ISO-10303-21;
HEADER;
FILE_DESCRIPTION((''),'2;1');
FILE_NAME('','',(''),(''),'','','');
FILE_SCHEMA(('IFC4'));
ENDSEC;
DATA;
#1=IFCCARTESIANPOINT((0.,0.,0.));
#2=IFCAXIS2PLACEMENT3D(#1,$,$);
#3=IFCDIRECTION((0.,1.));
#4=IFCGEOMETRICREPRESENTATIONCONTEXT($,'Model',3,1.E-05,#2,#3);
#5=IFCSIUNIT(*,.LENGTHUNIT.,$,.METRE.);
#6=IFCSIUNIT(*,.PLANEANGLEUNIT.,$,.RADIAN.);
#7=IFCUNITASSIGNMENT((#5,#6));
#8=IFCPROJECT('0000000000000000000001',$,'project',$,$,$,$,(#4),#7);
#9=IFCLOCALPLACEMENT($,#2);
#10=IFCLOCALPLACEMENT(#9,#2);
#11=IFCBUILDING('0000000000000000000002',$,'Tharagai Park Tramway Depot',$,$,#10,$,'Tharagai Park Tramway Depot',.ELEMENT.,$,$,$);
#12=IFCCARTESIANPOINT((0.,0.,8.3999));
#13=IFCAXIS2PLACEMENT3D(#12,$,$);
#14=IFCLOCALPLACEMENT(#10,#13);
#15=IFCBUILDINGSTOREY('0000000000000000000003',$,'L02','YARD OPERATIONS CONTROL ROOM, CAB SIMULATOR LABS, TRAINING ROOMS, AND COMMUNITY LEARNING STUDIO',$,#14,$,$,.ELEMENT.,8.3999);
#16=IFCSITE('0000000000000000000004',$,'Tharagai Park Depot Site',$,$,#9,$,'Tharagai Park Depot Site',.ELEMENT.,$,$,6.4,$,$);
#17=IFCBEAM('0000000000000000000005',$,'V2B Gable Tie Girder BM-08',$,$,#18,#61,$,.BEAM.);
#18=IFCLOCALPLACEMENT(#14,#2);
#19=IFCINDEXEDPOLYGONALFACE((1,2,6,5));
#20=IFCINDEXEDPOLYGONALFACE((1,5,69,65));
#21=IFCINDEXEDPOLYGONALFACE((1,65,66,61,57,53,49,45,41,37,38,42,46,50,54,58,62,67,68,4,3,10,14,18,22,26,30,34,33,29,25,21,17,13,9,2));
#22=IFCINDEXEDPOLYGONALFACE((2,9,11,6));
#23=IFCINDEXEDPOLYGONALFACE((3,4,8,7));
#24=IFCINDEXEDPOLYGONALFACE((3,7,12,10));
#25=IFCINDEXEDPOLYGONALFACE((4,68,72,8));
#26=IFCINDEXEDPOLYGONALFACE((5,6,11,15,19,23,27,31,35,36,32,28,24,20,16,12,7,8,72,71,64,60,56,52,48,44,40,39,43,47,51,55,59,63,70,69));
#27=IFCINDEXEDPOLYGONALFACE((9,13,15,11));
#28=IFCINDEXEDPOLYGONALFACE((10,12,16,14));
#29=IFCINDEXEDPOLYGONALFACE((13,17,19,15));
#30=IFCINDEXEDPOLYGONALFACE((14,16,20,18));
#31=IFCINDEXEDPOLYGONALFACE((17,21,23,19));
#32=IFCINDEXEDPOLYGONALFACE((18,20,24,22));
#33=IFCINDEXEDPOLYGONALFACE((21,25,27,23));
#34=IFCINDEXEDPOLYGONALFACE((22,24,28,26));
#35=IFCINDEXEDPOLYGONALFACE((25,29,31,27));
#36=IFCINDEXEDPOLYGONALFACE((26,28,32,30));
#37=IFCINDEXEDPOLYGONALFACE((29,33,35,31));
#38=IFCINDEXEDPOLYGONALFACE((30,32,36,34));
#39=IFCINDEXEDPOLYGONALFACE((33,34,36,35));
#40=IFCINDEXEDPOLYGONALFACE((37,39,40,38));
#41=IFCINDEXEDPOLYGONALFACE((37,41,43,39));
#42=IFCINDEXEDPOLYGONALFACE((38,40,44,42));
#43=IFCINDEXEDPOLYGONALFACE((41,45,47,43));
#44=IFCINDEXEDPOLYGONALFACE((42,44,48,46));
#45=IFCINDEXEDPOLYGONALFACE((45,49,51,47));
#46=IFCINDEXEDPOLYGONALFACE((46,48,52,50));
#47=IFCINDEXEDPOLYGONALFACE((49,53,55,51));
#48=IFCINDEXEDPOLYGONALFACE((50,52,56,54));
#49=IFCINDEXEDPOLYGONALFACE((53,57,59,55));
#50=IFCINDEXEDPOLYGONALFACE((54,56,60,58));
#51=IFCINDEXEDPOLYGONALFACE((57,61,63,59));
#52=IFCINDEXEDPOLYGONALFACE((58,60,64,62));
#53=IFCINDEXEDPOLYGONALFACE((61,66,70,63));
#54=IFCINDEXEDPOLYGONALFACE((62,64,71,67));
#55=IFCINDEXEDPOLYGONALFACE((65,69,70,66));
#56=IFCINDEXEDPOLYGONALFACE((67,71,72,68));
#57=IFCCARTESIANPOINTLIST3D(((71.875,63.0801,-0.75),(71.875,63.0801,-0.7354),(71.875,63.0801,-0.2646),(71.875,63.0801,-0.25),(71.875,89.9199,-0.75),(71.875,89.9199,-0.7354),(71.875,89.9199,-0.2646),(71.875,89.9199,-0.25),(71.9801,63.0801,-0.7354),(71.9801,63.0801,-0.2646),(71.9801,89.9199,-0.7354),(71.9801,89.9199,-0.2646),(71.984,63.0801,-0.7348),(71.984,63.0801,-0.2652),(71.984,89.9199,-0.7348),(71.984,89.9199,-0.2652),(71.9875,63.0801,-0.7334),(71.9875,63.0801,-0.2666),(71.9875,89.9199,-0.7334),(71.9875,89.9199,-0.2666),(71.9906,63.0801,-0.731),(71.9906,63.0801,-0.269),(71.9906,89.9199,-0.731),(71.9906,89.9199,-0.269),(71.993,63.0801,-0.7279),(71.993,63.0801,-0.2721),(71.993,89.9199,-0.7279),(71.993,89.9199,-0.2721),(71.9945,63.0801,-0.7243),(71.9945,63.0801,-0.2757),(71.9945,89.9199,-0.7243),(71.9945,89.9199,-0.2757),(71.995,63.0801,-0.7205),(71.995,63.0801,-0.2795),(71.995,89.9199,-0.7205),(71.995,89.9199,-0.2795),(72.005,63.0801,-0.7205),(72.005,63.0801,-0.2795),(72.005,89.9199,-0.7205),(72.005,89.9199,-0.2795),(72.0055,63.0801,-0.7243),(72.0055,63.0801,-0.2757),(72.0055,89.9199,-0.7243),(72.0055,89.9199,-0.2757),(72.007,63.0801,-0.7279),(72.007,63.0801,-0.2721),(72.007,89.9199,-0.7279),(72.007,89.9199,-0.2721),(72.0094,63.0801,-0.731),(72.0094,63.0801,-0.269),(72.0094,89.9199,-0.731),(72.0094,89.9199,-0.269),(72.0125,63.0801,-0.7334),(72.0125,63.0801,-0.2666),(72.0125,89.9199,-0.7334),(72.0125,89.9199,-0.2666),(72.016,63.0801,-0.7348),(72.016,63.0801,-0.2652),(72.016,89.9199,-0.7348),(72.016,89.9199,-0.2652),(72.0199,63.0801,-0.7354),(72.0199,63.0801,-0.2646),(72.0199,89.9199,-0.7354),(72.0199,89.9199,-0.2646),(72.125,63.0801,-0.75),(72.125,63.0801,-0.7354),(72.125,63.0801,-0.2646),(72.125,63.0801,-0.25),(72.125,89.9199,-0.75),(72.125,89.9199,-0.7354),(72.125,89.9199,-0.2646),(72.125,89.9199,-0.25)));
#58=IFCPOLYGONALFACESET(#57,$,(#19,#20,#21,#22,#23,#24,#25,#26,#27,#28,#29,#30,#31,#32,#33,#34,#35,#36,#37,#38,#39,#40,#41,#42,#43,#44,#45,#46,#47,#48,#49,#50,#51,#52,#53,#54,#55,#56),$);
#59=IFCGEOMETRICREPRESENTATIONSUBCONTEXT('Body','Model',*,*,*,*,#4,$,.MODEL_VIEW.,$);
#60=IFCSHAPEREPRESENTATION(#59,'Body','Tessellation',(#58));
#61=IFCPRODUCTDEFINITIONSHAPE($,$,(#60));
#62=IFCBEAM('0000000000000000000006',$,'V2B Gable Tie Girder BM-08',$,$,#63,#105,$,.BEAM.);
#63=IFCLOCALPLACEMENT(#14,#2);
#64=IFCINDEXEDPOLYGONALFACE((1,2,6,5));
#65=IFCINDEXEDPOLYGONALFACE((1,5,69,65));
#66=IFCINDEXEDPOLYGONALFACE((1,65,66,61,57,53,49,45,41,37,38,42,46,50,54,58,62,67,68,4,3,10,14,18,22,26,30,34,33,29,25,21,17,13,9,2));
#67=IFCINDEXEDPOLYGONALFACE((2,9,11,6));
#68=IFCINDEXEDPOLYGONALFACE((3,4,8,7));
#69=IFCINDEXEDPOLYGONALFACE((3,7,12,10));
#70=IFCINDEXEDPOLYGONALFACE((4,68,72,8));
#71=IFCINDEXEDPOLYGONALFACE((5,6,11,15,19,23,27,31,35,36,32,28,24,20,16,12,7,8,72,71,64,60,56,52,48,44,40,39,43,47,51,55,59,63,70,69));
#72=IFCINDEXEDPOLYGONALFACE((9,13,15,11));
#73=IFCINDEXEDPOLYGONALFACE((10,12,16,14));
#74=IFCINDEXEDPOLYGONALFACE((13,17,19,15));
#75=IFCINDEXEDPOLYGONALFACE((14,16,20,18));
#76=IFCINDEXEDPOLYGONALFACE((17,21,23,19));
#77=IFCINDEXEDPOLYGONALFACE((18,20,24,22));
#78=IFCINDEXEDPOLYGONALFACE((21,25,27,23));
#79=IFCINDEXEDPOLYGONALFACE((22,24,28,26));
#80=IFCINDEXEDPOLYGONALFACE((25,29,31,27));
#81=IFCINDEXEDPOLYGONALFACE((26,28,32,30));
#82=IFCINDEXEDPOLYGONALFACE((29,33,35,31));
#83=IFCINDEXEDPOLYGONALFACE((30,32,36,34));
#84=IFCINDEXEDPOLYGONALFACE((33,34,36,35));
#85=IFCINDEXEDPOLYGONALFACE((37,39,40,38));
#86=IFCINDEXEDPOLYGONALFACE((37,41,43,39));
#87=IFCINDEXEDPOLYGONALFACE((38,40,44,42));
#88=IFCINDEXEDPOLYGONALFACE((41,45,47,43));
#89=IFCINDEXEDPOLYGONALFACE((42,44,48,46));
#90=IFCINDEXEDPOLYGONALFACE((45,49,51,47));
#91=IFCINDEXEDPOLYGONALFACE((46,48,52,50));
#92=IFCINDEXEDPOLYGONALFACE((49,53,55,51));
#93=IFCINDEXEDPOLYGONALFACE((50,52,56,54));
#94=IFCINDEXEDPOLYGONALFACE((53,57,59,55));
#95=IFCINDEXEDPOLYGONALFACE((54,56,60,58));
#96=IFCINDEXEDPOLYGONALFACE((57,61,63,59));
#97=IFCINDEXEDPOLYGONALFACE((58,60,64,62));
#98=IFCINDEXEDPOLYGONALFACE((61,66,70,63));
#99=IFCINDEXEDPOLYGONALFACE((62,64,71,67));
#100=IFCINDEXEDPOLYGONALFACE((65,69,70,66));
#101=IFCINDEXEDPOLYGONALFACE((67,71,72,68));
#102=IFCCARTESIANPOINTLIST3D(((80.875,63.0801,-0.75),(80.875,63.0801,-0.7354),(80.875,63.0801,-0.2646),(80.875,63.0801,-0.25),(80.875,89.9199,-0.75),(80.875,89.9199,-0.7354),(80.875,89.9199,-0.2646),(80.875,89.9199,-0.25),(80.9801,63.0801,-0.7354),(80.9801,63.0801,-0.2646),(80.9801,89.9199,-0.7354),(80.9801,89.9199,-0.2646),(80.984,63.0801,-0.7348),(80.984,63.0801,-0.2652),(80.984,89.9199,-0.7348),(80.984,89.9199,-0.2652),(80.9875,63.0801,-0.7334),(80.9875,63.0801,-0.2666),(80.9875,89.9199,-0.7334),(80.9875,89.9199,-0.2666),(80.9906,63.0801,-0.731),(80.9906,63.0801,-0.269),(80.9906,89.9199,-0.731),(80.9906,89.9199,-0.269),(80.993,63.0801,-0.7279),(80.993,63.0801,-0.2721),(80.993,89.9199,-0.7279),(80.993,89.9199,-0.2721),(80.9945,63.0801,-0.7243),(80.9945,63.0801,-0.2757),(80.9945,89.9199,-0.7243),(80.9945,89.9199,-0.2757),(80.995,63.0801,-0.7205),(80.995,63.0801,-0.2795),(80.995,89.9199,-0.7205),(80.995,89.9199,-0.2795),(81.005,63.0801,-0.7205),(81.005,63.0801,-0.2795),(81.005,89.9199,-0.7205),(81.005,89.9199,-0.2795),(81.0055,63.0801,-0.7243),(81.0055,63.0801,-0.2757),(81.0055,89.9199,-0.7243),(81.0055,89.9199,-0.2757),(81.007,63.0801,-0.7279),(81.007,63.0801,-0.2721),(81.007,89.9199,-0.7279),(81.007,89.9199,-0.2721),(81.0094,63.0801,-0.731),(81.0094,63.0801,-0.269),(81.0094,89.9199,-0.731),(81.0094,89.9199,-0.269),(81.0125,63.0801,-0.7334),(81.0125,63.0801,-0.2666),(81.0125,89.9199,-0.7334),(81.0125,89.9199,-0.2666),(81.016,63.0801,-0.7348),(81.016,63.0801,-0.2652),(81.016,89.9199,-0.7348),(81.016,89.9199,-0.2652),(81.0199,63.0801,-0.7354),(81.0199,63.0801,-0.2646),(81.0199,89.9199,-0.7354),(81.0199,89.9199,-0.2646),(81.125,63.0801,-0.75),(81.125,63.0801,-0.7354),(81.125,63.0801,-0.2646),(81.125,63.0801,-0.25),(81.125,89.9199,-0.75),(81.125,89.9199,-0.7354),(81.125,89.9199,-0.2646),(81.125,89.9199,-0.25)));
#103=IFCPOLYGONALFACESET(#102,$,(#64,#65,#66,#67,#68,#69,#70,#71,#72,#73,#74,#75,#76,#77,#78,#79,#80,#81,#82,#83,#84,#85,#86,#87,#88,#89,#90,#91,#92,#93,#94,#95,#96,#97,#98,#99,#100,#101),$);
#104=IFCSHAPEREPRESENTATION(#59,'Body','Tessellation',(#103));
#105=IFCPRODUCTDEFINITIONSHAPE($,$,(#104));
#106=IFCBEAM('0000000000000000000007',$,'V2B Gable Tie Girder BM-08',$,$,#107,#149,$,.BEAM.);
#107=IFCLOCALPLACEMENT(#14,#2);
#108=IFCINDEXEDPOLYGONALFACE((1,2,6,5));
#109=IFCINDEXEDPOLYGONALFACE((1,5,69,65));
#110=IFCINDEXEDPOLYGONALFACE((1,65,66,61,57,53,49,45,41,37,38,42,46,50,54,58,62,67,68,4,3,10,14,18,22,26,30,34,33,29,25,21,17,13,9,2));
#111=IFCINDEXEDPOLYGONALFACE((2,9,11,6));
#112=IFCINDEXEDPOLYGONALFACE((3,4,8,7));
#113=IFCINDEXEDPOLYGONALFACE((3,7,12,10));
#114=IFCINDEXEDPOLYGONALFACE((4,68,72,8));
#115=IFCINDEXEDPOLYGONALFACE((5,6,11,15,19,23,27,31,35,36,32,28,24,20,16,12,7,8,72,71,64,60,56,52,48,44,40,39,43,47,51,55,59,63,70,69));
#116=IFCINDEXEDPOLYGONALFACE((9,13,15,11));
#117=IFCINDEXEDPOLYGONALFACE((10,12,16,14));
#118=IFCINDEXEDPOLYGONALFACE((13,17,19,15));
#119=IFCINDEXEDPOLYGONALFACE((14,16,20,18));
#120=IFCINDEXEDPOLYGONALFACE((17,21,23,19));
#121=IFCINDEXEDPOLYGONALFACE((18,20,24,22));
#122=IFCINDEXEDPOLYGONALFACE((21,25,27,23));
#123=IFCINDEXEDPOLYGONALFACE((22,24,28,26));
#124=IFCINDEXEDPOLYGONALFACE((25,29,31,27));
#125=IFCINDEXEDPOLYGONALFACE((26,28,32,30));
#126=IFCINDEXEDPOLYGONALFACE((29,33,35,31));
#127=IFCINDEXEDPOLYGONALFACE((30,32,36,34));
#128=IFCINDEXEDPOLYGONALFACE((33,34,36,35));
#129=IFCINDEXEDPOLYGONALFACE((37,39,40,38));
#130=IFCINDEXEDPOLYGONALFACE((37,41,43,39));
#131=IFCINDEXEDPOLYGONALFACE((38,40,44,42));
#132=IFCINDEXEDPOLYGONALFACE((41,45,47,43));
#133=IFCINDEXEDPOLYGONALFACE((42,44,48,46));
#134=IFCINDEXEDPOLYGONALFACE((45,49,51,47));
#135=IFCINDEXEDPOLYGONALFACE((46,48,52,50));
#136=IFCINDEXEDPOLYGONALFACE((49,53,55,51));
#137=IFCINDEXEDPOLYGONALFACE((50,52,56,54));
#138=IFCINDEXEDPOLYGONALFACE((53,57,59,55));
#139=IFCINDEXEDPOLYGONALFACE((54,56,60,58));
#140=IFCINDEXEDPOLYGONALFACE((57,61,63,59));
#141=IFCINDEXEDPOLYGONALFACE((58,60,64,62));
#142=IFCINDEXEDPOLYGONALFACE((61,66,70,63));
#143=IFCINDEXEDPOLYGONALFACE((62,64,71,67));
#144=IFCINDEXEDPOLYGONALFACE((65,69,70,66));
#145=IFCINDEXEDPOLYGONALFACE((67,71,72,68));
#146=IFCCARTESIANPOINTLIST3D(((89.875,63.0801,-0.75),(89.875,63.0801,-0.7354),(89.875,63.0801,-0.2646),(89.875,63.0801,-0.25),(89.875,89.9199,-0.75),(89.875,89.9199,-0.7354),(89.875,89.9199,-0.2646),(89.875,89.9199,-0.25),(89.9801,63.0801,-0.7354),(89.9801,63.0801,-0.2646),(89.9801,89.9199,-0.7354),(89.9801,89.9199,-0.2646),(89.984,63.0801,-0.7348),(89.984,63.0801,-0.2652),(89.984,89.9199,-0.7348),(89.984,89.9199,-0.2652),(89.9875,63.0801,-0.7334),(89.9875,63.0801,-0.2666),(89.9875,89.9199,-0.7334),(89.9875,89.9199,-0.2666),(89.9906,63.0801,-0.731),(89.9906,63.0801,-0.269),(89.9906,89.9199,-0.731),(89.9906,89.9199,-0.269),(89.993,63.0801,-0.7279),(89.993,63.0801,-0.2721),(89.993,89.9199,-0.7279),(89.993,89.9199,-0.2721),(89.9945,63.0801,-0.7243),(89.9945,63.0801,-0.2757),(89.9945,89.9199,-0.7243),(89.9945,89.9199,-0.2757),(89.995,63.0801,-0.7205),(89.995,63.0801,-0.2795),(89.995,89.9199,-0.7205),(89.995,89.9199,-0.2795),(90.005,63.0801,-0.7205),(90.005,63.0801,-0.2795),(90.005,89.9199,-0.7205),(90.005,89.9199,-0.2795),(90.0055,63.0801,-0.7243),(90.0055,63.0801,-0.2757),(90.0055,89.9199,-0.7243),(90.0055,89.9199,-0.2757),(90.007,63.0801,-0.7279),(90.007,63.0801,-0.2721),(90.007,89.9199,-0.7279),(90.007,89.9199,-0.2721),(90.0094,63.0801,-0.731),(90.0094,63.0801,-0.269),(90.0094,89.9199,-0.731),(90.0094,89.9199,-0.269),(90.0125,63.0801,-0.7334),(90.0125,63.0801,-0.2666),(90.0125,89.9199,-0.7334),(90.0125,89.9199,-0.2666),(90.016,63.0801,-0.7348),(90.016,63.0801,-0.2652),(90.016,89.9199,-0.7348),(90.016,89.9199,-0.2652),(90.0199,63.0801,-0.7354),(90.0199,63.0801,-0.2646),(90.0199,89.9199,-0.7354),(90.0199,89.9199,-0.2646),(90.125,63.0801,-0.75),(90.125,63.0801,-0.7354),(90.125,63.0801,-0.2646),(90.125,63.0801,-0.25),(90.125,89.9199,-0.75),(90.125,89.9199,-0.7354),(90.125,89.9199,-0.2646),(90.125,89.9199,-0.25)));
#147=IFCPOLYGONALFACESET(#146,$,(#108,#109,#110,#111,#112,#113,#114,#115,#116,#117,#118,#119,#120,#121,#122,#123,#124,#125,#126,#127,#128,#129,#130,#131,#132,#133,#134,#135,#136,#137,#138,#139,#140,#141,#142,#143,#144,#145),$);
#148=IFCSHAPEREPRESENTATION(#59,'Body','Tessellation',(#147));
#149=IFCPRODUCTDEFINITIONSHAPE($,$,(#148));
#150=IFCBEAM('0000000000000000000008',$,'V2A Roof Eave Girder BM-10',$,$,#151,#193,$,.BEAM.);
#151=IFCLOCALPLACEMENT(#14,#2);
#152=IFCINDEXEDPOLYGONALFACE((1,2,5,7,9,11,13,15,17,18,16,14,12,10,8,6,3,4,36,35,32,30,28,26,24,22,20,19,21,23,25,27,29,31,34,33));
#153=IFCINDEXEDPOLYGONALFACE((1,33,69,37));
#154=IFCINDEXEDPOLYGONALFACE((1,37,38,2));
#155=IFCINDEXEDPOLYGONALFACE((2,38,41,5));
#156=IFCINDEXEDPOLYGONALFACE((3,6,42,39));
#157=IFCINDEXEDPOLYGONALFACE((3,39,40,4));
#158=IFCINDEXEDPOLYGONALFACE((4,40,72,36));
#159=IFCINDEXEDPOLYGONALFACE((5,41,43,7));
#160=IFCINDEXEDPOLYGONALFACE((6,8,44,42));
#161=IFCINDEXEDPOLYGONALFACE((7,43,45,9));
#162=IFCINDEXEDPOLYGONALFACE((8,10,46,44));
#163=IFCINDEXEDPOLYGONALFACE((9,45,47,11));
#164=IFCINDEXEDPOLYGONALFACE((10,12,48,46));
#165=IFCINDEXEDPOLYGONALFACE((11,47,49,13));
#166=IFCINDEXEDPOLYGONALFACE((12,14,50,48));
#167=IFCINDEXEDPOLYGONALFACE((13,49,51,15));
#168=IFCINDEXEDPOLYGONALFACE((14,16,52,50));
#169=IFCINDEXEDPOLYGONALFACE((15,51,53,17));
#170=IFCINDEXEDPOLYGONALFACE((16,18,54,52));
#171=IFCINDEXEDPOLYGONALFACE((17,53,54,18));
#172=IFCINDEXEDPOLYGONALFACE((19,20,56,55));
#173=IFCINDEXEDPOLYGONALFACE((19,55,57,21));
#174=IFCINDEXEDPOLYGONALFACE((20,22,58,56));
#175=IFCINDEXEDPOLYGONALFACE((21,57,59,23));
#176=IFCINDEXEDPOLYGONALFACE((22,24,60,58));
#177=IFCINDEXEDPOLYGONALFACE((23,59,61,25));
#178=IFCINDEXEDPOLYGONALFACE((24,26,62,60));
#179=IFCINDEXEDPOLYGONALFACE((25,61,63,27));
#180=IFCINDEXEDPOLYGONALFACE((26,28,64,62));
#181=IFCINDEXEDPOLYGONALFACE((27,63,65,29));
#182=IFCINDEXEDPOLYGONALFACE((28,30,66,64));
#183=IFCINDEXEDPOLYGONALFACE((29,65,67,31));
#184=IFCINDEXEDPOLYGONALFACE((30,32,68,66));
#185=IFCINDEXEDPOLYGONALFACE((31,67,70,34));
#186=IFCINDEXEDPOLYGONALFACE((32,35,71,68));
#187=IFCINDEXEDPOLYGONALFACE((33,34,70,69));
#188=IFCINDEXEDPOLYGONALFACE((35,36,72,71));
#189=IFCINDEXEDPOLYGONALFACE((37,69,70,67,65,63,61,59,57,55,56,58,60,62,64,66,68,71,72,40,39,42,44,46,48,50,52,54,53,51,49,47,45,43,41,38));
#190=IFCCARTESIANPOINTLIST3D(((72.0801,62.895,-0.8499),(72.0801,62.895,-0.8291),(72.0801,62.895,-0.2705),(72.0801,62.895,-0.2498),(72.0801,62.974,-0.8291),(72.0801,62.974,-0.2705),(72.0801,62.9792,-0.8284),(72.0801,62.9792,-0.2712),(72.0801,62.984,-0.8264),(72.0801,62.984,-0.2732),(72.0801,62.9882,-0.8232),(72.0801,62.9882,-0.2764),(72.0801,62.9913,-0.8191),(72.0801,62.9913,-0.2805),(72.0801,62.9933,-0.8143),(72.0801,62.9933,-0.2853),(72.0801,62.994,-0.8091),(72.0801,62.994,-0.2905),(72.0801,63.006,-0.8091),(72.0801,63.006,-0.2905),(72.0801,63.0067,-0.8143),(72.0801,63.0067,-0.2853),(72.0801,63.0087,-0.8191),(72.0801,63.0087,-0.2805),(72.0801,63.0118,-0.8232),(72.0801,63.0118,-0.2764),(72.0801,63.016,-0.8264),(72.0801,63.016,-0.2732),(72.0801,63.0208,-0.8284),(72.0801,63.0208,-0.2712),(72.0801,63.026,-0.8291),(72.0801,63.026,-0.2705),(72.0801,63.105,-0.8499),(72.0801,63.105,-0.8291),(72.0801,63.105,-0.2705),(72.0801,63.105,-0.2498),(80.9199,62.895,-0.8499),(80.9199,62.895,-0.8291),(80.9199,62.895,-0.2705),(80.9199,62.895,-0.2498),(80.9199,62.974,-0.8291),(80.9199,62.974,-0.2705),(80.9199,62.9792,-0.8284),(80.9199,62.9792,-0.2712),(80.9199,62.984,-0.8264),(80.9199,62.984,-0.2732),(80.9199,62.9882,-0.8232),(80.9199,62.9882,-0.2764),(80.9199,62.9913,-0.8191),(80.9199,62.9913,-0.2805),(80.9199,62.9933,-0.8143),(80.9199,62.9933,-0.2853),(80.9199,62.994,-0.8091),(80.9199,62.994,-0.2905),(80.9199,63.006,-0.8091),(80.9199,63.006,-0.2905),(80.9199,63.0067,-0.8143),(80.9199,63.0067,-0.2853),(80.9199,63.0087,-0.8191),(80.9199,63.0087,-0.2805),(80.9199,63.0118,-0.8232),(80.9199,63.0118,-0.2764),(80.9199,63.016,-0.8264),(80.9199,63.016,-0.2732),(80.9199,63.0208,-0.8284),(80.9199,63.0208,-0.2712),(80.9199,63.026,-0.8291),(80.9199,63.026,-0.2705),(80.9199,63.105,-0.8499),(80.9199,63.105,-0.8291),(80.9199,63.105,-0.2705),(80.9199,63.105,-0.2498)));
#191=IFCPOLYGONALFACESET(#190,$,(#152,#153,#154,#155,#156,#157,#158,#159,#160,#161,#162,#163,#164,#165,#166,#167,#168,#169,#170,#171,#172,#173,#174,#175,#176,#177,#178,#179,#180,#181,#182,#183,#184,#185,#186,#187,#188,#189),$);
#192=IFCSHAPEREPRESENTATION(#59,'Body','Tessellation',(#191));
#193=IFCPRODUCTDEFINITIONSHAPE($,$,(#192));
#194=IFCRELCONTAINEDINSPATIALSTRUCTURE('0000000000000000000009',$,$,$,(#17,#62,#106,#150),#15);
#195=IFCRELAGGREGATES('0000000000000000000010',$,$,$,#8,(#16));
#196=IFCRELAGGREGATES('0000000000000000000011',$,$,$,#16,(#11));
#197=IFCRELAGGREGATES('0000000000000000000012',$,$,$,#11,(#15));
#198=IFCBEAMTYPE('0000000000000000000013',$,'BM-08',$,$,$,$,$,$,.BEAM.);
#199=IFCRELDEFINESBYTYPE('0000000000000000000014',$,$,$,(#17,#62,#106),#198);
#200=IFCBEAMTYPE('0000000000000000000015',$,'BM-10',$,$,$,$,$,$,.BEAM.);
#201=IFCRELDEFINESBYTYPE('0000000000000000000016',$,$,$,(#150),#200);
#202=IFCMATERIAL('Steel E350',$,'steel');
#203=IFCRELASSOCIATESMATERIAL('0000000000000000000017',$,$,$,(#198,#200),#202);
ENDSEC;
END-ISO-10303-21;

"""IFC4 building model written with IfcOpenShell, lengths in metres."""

from ifc_helpers import new_model, si_unit, direction, frame, origin, origin_2d, place, context, subcontext, project, spatial, i_section, extrude, material, material_profile, profile_set, type_object, element, save


model = new_model("IFC4")

# Units and contexts
model_context = context("Model", 3, precision=1e-05, world=origin(), true_north=direction((0.0, 1.0)))
body_context = subcontext(model_context, "Body", "Model", "MODEL_VIEW")
ifc_project = project(units=[si_unit("LENGTHUNIT", "METRE"), si_unit("PLANEANGLEUNIT", "RADIAN")], contexts=[model_context])

# Site, building, storey
site_placement = place(None, origin())
site = spatial("IfcSite", under=ifc_project, at=site_placement, Name="Tharagai Park Depot Site", LongName="Tharagai Park Depot Site", CompositionType="ELEMENT", RefElevation=6.4)
building_placement = place(site_placement, origin())
building = spatial("IfcBuilding", under=site, at=building_placement, Name="Tharagai Park Tramway Depot", LongName="Tharagai Park Tramway Depot", CompositionType="ELEMENT")
storey_placement = place(building_placement, frame((0.0, 0.0, 8.3999)))
storey = spatial("IfcBuildingStorey", under=building, at=storey_placement, Name="L02", Description="YARD OPERATIONS CONTROL ROOM, CAB SIMULATOR LABS, TRAINING ROOMS, AND COMMUNITY LEARNING STUDIO", CompositionType="ELEMENT", Elevation=8.3999)

# Beams
ifc_material_1 = material(Name="Steel E350", Category="steel")
ifc_material_profile_1 = material_profile(ifc_material_1, i_section(OverallWidth=0.25, OverallDepth=0.5, WebThickness=0.01, FlangeThickness=0.0146, FilletRadius=0.0149, at=origin_2d()), Name="ISWB 500")
ifc_profile_set_1 = profile_set([ifc_material_profile_1], Name="Steel E350")
beam_type_1 = type_object("IfcBeamType", Name="BM-08", PredefinedType="BEAM", material=ifc_profile_set_1)
for number, where, z_axis, x_axis, name in (
    (1, (72.0, 63.0801, -0.5), (0.0, 1.0, 0.0), (-1.0, 0.0, 0.0), "V2B Gable Tie Girder BM-08"),
    (2, (81.0, 63.0801, -0.5), (0.0, 1.0, 0.0), (-1.0, 0.0, 0.0), "V2B Gable Tie Girder BM-08"),
    (3, (90.0, 63.0801, -0.5), (0.0, 1.0, 0.0), (-1.0, 0.0, 0.0), "V2B Gable Tie Girder BM-08"),
):
    element("IfcBeam", number, at=place(storey_placement, frame(where, z_axis=z_axis, x_axis=x_axis)), inside=storey, type_object=beam_type_1, Name=name, PredefinedType="BEAM", context=body_context, shape_type="SweptSolid", body=[
        extrude(i_section(OverallWidth=0.25, OverallDepth=0.5, WebThickness=0.01, FlangeThickness=0.0146, FilletRadius=0.0149, at=origin_2d()), origin(), (0.0, 0.0, 1.0), 26.8398),
    ])
ifc_material_profile_2 = material_profile(ifc_material_1, i_section(OverallWidth=0.21, OverallDepth=0.6001, WebThickness=0.012, FlangeThickness=0.0208, FilletRadius=0.02, at=origin_2d()), Name="ISMB 600")
ifc_profile_set_2 = profile_set([ifc_material_profile_2], Name="Steel E350")
beam_type_2 = type_object("IfcBeamType", Name="BM-10", PredefinedType="BEAM", material=ifc_profile_set_2)
for number, where, z_axis, x_axis, name in (
    (4, (72.0801, 63.0, -0.5498), (1.0, 0.0, 0.0), (0.0, 1.0, 0.0), "V2A Roof Eave Girder BM-10"),
):
    element("IfcBeam", number, at=place(storey_placement, frame(where, z_axis=z_axis, x_axis=x_axis)), inside=storey, type_object=beam_type_2, Name=name, PredefinedType="BEAM", context=body_context, shape_type="SweptSolid", body=[
        extrude(i_section(OverallWidth=0.21, OverallDepth=0.6001, WebThickness=0.012, FlangeThickness=0.0208, FilletRadius=0.02, at=origin_2d()), origin(), (0.0, 0.0, 1.0), 8.8398),
    ])

save(model, "model.ifc")
